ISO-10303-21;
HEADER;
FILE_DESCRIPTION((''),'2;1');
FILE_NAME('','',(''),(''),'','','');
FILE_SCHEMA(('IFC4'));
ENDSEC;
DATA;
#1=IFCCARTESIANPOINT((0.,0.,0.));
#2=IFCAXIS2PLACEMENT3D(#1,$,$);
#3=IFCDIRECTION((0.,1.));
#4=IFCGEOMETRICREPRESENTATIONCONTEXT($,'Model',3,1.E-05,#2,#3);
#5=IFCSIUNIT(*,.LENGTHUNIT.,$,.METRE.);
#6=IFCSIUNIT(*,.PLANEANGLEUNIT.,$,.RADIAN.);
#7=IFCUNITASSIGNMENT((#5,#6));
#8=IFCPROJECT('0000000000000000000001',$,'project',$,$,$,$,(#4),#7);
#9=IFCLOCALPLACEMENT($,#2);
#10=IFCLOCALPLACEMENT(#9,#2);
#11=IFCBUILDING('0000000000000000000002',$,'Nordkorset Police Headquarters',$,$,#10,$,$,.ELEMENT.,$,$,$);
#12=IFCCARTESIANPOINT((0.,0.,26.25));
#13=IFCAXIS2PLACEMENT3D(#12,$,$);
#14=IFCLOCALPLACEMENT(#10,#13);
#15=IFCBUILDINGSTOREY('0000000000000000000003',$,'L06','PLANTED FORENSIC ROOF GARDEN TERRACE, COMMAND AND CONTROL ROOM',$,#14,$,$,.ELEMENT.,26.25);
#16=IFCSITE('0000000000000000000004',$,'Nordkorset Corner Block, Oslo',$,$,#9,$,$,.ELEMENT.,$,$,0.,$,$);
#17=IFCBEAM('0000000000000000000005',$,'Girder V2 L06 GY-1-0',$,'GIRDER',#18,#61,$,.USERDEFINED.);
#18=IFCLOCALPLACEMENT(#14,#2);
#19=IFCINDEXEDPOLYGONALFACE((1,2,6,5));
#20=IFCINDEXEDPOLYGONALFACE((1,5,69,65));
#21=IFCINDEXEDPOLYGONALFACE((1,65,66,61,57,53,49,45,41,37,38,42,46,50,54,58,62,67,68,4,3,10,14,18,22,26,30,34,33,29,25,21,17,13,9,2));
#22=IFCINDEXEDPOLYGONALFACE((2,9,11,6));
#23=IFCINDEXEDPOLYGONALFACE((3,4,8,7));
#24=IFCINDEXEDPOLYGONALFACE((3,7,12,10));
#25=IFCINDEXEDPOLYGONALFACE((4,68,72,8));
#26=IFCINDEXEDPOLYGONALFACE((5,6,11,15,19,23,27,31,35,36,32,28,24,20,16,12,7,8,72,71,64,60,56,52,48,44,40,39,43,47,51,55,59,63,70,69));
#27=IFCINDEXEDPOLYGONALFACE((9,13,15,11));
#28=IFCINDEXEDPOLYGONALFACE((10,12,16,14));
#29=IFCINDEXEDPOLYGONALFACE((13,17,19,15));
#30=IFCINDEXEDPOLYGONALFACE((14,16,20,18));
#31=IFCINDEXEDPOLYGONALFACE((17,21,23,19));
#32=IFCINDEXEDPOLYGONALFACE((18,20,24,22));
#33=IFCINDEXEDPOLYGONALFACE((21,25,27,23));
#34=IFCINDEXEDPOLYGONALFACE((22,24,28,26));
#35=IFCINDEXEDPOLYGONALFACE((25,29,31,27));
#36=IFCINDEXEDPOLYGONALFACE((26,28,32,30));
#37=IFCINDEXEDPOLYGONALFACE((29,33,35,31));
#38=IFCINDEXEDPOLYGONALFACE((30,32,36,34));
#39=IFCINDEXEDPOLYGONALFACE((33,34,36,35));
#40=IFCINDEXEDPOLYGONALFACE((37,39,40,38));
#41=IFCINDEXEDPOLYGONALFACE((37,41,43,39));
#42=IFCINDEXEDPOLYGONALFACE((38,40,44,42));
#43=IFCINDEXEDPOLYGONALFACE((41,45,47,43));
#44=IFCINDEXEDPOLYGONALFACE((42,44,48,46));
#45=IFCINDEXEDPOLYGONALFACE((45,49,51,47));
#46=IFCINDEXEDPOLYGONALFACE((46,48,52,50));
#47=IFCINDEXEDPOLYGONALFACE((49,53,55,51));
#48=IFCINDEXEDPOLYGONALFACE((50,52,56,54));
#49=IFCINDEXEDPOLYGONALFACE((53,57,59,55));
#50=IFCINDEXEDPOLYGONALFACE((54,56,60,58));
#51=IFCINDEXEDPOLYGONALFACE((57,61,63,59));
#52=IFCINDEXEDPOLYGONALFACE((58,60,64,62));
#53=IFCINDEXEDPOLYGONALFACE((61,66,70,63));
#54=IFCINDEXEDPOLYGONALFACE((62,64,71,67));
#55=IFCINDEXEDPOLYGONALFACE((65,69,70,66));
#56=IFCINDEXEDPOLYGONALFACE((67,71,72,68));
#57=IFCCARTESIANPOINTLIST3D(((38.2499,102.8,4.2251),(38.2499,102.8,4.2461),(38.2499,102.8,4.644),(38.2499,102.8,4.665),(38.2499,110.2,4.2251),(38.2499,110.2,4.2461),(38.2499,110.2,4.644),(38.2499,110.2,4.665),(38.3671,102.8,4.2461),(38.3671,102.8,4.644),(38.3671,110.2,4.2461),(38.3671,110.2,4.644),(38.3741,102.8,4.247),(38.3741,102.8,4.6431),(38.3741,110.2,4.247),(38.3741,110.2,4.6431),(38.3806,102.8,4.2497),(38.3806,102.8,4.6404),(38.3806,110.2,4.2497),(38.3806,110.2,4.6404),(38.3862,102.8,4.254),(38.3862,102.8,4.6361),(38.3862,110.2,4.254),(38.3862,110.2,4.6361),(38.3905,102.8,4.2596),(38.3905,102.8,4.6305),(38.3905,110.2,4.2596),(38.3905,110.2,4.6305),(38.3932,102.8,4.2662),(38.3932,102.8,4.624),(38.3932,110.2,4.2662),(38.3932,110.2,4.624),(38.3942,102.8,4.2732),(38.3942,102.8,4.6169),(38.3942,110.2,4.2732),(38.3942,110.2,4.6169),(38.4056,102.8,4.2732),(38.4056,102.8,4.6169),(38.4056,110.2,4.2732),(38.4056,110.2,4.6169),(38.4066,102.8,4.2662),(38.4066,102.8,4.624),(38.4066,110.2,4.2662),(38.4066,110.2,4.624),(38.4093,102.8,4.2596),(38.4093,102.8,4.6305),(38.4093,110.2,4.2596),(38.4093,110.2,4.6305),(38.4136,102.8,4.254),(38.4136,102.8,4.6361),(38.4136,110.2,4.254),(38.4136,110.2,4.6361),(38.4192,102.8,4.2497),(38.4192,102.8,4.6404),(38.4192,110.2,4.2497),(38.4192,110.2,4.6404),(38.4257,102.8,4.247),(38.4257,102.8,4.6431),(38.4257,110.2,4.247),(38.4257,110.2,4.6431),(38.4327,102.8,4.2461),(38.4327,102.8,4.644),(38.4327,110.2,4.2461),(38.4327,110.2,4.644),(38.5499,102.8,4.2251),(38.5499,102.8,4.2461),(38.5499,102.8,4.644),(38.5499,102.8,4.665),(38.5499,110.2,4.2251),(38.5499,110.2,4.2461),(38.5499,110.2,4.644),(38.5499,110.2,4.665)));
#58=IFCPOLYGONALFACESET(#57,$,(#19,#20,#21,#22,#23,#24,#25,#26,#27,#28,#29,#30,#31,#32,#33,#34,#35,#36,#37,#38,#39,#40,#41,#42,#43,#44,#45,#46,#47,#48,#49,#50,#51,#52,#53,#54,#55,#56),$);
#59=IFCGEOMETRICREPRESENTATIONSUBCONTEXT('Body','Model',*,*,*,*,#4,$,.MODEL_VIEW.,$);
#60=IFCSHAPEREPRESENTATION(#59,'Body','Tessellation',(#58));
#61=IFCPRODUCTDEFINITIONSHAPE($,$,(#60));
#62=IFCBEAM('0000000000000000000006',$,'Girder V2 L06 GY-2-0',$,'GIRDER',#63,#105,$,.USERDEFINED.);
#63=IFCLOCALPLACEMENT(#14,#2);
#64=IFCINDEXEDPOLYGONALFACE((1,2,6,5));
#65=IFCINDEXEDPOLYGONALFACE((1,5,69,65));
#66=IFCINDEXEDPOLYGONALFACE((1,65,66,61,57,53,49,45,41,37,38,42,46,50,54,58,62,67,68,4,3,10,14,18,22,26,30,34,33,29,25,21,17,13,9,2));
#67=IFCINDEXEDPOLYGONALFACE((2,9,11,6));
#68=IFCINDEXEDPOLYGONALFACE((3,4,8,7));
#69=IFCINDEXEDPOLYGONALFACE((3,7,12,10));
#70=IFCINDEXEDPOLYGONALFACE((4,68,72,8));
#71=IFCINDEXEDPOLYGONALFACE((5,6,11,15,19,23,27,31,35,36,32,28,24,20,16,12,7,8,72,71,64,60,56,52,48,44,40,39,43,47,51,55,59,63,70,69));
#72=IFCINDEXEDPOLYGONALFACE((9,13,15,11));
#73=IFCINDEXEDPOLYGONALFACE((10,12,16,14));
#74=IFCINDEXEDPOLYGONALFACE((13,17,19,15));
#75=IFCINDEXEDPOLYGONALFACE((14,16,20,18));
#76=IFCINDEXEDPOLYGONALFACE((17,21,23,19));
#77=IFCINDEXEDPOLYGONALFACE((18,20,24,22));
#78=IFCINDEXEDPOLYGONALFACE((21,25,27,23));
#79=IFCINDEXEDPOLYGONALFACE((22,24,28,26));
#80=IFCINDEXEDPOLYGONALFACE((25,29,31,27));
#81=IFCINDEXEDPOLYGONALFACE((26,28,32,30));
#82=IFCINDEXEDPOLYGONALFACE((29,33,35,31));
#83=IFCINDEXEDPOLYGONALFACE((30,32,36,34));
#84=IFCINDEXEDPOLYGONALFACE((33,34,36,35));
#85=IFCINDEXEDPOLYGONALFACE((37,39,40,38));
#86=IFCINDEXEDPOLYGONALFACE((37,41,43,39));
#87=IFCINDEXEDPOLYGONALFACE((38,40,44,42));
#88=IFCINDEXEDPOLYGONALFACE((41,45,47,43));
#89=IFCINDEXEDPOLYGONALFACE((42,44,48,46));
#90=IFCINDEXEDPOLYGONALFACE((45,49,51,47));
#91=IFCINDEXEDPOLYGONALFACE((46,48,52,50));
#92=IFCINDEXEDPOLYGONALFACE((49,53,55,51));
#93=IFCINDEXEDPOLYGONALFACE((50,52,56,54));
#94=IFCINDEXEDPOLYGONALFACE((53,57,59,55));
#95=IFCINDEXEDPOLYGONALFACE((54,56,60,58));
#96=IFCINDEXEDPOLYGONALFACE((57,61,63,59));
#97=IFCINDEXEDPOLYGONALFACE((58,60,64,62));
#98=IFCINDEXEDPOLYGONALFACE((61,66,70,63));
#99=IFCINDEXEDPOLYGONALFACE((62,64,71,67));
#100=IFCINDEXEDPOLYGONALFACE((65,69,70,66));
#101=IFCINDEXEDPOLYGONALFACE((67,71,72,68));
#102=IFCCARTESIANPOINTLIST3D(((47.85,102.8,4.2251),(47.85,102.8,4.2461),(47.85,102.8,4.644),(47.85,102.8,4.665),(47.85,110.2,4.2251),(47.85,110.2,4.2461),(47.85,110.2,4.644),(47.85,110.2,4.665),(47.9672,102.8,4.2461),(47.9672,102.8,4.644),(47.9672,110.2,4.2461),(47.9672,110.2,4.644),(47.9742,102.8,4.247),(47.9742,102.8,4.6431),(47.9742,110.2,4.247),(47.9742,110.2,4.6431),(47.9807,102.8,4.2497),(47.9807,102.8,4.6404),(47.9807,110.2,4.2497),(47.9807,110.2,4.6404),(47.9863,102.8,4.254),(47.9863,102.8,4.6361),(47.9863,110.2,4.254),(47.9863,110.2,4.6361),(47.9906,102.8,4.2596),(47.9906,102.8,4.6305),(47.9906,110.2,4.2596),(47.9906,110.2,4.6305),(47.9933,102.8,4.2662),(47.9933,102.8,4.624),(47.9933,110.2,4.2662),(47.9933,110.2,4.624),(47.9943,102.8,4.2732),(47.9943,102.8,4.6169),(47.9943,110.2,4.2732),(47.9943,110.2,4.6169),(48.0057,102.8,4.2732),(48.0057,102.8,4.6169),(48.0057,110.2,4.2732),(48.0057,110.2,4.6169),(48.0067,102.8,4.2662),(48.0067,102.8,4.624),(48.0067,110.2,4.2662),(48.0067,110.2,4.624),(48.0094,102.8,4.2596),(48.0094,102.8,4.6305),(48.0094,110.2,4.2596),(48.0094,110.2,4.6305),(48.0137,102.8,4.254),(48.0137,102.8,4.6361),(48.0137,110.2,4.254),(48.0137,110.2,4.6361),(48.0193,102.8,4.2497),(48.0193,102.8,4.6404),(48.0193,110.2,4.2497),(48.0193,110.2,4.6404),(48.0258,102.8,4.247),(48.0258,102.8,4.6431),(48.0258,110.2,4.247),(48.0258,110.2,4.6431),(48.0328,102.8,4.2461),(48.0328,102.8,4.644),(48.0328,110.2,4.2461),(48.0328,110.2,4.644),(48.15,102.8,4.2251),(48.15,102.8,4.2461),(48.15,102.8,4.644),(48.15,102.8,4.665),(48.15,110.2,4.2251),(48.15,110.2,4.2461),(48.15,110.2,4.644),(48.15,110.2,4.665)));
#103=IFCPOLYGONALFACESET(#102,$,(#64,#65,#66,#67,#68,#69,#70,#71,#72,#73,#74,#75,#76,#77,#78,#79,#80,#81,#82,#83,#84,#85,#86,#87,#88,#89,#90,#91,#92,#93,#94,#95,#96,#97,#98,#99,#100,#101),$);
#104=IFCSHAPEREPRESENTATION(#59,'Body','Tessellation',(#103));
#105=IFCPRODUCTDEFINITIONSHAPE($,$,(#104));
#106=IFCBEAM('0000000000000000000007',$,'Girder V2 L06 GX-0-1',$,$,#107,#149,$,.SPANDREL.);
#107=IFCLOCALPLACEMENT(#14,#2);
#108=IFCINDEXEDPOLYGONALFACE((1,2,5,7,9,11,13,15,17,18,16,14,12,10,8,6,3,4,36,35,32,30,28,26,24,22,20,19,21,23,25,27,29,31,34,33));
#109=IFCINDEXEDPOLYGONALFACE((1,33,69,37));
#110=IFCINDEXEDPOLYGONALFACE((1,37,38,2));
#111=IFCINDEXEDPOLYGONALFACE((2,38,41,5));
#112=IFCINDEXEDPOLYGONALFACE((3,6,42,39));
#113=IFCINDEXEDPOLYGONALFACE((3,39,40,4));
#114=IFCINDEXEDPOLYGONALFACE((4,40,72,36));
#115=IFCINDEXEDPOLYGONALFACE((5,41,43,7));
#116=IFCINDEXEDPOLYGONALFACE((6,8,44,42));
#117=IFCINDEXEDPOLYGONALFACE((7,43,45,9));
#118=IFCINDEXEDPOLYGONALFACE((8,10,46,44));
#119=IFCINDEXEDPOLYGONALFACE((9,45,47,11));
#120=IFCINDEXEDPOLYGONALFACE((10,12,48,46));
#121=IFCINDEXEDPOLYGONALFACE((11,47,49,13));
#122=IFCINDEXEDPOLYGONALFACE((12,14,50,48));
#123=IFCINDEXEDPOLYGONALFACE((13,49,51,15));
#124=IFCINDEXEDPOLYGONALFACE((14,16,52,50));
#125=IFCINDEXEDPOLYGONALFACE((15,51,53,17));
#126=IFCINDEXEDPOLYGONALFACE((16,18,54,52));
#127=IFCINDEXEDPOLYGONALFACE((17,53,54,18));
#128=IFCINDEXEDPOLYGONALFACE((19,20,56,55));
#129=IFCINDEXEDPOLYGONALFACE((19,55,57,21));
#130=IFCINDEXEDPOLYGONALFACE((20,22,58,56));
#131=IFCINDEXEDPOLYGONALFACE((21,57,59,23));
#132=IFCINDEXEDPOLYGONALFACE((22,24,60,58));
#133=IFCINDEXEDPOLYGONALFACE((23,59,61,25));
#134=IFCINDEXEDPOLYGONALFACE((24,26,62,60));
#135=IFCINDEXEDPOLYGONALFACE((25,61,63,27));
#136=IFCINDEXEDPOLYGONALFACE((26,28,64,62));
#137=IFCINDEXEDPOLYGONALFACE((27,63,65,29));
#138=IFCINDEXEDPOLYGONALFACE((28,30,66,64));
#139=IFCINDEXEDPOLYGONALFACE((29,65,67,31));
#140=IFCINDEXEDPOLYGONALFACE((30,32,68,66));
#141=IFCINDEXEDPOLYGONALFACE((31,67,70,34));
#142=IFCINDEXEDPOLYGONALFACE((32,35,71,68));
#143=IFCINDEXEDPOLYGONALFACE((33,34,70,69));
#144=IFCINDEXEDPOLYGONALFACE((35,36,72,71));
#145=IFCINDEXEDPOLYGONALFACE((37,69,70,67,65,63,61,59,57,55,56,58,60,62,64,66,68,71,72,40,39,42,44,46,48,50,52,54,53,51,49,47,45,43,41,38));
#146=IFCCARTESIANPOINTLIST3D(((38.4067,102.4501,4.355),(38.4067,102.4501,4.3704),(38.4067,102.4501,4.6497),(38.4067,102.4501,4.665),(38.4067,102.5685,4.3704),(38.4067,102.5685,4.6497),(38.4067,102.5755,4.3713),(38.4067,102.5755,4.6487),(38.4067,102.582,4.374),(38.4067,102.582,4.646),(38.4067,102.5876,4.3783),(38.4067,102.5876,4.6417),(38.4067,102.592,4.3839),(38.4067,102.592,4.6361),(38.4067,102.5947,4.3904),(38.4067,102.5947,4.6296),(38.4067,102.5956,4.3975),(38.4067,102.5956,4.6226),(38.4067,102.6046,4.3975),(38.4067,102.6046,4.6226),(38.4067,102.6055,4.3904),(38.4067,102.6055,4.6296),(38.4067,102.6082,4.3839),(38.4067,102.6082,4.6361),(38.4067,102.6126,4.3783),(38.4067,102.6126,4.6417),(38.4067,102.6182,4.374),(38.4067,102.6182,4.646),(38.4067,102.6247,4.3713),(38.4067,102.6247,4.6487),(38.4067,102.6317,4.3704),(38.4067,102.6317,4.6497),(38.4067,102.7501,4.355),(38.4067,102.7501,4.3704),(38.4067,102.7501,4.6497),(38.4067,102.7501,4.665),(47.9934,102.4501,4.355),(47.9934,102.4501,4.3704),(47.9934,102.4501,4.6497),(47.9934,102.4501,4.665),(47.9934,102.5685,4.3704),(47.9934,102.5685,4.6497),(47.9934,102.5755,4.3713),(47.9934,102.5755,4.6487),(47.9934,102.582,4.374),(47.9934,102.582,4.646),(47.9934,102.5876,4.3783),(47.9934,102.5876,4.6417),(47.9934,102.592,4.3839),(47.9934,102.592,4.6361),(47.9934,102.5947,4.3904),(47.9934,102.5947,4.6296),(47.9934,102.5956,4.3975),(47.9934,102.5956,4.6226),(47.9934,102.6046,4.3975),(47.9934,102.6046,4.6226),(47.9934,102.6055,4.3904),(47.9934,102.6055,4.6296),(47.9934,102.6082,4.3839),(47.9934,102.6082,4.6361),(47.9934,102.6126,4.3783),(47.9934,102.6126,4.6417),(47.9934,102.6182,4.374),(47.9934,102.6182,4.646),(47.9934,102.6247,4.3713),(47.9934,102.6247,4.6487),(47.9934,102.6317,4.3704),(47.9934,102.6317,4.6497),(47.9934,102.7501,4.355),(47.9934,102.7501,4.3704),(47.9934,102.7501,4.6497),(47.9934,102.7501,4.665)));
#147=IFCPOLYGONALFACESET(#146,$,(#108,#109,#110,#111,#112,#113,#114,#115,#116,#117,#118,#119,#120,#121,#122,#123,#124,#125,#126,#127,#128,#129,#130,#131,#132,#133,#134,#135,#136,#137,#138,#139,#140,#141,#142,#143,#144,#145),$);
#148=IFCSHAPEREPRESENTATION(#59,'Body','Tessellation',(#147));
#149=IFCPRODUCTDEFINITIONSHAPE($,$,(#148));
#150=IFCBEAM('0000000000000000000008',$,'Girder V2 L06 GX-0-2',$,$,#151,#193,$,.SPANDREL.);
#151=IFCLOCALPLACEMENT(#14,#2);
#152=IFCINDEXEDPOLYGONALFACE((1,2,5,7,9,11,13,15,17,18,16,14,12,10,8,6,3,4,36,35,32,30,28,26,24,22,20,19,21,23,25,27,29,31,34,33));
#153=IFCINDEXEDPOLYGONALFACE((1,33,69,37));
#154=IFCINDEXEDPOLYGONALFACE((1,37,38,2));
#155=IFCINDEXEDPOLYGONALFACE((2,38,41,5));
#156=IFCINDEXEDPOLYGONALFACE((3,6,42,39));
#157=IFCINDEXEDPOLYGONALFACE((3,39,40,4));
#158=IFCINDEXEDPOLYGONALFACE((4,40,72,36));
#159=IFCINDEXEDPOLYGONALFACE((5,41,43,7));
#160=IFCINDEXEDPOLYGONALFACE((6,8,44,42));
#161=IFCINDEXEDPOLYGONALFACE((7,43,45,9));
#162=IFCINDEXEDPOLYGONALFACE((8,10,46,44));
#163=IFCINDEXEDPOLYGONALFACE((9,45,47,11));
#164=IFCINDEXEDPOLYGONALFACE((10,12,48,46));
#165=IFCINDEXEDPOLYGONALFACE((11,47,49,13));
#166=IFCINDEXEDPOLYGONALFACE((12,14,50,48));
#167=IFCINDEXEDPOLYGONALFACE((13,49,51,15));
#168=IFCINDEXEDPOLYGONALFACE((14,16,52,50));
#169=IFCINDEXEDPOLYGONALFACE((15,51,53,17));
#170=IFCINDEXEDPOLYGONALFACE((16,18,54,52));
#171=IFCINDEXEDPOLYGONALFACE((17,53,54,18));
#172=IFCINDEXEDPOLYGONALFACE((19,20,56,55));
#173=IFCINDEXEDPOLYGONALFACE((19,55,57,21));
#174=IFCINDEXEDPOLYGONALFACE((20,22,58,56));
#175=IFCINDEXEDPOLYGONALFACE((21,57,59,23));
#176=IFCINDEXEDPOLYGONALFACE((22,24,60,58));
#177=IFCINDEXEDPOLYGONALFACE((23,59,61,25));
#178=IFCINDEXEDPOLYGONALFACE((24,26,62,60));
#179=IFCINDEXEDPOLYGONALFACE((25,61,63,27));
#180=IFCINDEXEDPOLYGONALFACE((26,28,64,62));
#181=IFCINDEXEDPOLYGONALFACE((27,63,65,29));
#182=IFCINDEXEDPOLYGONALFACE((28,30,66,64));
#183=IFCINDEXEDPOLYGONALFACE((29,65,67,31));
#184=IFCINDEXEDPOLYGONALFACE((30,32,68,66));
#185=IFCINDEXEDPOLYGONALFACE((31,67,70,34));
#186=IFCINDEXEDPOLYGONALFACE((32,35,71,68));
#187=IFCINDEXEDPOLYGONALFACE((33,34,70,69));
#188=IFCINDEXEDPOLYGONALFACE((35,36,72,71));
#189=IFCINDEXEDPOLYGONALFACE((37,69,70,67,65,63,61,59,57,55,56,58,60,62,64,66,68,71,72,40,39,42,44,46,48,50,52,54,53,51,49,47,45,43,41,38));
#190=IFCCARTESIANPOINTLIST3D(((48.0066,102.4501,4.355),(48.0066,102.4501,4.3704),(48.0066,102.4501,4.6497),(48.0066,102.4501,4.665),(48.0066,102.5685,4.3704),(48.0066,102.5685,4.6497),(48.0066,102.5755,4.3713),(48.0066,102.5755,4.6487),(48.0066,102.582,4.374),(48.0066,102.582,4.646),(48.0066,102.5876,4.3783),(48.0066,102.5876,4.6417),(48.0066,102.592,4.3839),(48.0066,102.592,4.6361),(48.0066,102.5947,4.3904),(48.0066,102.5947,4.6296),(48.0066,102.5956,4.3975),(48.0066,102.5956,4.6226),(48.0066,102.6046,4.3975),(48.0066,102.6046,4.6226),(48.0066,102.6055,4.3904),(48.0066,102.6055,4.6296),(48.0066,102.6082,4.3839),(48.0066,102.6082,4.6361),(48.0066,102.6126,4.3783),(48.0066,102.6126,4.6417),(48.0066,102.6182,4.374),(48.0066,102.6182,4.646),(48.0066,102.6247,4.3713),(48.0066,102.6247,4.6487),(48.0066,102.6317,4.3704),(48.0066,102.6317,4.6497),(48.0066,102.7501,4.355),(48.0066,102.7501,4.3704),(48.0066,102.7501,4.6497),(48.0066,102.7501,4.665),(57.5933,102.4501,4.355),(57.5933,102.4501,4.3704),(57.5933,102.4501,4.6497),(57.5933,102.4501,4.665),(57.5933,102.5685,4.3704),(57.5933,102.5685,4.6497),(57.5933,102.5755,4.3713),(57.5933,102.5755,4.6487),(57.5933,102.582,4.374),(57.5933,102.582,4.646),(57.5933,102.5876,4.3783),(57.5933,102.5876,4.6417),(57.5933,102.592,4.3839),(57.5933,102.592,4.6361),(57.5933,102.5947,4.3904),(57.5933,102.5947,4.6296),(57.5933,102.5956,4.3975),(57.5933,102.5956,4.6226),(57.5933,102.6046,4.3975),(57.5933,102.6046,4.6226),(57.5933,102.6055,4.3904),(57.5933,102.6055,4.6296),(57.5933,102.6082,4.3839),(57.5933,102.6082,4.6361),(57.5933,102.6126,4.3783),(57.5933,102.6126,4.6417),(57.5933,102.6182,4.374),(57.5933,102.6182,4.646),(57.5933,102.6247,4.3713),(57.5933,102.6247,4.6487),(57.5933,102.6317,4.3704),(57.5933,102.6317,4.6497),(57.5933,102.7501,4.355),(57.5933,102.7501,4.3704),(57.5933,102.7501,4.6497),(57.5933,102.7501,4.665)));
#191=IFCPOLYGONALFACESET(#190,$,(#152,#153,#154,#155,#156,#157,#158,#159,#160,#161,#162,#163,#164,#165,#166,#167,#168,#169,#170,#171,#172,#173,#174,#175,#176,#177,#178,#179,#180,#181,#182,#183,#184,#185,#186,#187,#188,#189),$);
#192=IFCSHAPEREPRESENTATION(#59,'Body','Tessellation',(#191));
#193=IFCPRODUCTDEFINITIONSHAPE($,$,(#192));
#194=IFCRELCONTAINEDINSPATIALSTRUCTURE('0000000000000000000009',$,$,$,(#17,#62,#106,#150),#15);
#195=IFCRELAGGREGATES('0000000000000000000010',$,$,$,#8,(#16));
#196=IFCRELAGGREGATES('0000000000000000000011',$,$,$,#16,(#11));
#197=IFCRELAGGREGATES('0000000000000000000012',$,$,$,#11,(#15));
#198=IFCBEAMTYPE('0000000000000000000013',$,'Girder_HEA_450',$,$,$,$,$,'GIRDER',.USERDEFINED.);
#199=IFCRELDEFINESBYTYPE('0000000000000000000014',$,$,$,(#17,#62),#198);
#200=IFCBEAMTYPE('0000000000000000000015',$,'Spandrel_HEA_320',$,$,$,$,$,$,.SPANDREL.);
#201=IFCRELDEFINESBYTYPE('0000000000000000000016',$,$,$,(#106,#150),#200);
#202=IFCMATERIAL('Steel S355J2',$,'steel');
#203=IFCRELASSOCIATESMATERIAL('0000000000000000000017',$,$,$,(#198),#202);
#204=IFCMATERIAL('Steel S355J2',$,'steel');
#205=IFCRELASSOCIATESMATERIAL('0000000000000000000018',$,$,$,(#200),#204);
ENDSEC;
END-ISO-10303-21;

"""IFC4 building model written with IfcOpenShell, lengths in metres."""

from ifc_helpers import new_model, si_unit, direction, frame, origin, origin_2d, place, context, subcontext, project, spatial, i_section, extrude, material, material_profile, profile_set, type_object, element, save


model = new_model("IFC4")

# Units and contexts
model_context = context("Model", 3, precision=1e-05, world=origin(), true_north=direction((0.0, 1.0)))
body_context = subcontext(model_context, "Body", "Model", "MODEL_VIEW")
ifc_project = project(units=[si_unit("LENGTHUNIT", "METRE"), si_unit("PLANEANGLEUNIT", "RADIAN")], contexts=[model_context])

# Site, building, storey
site_placement = place(None, origin())
site = spatial("IfcSite", under=ifc_project, at=site_placement, Name="Nordkorset Corner Block, Oslo", CompositionType="ELEMENT", RefElevation=0.0)
building_placement = place(site_placement, origin())
building = spatial("IfcBuilding", under=site, at=building_placement, Name="Nordkorset Police Headquarters", CompositionType="ELEMENT")
storey_placement = place(building_placement, frame((0.0, 0.0, 26.25)))
storey = spatial("IfcBuildingStorey", under=building, at=storey_placement, Name="L06", Description="PLANTED FORENSIC ROOF GARDEN TERRACE, COMMAND AND CONTROL ROOM", CompositionType="ELEMENT", Elevation=26.25)

# Beams
ifc_material_1 = material(Name="Steel S355J2", Category="steel")
ifc_material_profile_1 = material_profile(ifc_material_1, i_section(OverallWidth=0.3, OverallDepth=0.4399, WebThickness=0.0115, FlangeThickness=0.021, FilletRadius=0.0271, at=origin_2d()), Name="HEA 450")
ifc_profile_set_1 = profile_set([ifc_material_profile_1], Name="Steel S355J2")
beam_type_1 = type_object("IfcBeamType", Name="Girder_HEA_450", ElementType="GIRDER", PredefinedType="USERDEFINED", material=ifc_profile_set_1)
for number, where, z_axis, x_axis, name in (
    (1, (38.3999, 102.8, 4.4451), (0.0, 1.0, 0.0), (-1.0, 0.0, 0.0), "Girder V2 L06 GY-1-0"),
    (2, (48.0, 102.8, 4.4451), (0.0, 1.0, 0.0), (-1.0, 0.0, 0.0), "Girder V2 L06 GY-2-0"),
):
    element("IfcBeam", number, at=place(storey_placement, frame(where, z_axis=z_axis, x_axis=x_axis)), inside=storey, type_object=beam_type_1, Name=name, ObjectType="GIRDER", PredefinedType="USERDEFINED", context=body_context, shape_type="SweptSolid", body=[
        extrude(i_section(OverallWidth=0.3, OverallDepth=0.4399, WebThickness=0.0115, FlangeThickness=0.021, FilletRadius=0.0271, at=origin_2d()), origin(), (0.0, 0.0, 1.0), 7.3999),
    ])
ifc_material_2 = material(Name="Steel S355J2", Category="steel")
ifc_material_profile_2 = material_profile(ifc_material_2, i_section(OverallWidth=0.3, OverallDepth=0.3101, WebThickness=0.009, FlangeThickness=0.0154, FilletRadius=0.0271, at=origin_2d()), Name="HEA 320")
ifc_profile_set_2 = profile_set([ifc_material_profile_2], Name="Steel S355J2")
beam_type_2 = type_object("IfcBeamType", Name="Spandrel_HEA_320", PredefinedType="SPANDREL", material=ifc_profile_set_2)
for number, where, z_axis, x_axis, name in (
    (3, (38.4067, 102.6001, 4.51), (1.0, 0.0, 0.0), (0.0, 1.0, 0.0), "Girder V2 L06 GX-0-1"),
    (4, (48.0066, 102.6001, 4.51), (1.0, 0.0, 0.0), (0.0, 1.0, 0.0), "Girder V2 L06 GX-0-2"),
):
    element("IfcBeam", number, at=place(storey_placement, frame(where, z_axis=z_axis, x_axis=x_axis)), inside=storey, type_object=beam_type_2, Name=name, PredefinedType="SPANDREL", context=body_context, shape_type="SweptSolid", body=[
        extrude(i_section(OverallWidth=0.3, OverallDepth=0.3101, WebThickness=0.009, FlangeThickness=0.0154, FilletRadius=0.0271, at=origin_2d()), origin(), (0.0, 0.0, 1.0), 9.5867),
    ])

save(model, "model.ifc")
